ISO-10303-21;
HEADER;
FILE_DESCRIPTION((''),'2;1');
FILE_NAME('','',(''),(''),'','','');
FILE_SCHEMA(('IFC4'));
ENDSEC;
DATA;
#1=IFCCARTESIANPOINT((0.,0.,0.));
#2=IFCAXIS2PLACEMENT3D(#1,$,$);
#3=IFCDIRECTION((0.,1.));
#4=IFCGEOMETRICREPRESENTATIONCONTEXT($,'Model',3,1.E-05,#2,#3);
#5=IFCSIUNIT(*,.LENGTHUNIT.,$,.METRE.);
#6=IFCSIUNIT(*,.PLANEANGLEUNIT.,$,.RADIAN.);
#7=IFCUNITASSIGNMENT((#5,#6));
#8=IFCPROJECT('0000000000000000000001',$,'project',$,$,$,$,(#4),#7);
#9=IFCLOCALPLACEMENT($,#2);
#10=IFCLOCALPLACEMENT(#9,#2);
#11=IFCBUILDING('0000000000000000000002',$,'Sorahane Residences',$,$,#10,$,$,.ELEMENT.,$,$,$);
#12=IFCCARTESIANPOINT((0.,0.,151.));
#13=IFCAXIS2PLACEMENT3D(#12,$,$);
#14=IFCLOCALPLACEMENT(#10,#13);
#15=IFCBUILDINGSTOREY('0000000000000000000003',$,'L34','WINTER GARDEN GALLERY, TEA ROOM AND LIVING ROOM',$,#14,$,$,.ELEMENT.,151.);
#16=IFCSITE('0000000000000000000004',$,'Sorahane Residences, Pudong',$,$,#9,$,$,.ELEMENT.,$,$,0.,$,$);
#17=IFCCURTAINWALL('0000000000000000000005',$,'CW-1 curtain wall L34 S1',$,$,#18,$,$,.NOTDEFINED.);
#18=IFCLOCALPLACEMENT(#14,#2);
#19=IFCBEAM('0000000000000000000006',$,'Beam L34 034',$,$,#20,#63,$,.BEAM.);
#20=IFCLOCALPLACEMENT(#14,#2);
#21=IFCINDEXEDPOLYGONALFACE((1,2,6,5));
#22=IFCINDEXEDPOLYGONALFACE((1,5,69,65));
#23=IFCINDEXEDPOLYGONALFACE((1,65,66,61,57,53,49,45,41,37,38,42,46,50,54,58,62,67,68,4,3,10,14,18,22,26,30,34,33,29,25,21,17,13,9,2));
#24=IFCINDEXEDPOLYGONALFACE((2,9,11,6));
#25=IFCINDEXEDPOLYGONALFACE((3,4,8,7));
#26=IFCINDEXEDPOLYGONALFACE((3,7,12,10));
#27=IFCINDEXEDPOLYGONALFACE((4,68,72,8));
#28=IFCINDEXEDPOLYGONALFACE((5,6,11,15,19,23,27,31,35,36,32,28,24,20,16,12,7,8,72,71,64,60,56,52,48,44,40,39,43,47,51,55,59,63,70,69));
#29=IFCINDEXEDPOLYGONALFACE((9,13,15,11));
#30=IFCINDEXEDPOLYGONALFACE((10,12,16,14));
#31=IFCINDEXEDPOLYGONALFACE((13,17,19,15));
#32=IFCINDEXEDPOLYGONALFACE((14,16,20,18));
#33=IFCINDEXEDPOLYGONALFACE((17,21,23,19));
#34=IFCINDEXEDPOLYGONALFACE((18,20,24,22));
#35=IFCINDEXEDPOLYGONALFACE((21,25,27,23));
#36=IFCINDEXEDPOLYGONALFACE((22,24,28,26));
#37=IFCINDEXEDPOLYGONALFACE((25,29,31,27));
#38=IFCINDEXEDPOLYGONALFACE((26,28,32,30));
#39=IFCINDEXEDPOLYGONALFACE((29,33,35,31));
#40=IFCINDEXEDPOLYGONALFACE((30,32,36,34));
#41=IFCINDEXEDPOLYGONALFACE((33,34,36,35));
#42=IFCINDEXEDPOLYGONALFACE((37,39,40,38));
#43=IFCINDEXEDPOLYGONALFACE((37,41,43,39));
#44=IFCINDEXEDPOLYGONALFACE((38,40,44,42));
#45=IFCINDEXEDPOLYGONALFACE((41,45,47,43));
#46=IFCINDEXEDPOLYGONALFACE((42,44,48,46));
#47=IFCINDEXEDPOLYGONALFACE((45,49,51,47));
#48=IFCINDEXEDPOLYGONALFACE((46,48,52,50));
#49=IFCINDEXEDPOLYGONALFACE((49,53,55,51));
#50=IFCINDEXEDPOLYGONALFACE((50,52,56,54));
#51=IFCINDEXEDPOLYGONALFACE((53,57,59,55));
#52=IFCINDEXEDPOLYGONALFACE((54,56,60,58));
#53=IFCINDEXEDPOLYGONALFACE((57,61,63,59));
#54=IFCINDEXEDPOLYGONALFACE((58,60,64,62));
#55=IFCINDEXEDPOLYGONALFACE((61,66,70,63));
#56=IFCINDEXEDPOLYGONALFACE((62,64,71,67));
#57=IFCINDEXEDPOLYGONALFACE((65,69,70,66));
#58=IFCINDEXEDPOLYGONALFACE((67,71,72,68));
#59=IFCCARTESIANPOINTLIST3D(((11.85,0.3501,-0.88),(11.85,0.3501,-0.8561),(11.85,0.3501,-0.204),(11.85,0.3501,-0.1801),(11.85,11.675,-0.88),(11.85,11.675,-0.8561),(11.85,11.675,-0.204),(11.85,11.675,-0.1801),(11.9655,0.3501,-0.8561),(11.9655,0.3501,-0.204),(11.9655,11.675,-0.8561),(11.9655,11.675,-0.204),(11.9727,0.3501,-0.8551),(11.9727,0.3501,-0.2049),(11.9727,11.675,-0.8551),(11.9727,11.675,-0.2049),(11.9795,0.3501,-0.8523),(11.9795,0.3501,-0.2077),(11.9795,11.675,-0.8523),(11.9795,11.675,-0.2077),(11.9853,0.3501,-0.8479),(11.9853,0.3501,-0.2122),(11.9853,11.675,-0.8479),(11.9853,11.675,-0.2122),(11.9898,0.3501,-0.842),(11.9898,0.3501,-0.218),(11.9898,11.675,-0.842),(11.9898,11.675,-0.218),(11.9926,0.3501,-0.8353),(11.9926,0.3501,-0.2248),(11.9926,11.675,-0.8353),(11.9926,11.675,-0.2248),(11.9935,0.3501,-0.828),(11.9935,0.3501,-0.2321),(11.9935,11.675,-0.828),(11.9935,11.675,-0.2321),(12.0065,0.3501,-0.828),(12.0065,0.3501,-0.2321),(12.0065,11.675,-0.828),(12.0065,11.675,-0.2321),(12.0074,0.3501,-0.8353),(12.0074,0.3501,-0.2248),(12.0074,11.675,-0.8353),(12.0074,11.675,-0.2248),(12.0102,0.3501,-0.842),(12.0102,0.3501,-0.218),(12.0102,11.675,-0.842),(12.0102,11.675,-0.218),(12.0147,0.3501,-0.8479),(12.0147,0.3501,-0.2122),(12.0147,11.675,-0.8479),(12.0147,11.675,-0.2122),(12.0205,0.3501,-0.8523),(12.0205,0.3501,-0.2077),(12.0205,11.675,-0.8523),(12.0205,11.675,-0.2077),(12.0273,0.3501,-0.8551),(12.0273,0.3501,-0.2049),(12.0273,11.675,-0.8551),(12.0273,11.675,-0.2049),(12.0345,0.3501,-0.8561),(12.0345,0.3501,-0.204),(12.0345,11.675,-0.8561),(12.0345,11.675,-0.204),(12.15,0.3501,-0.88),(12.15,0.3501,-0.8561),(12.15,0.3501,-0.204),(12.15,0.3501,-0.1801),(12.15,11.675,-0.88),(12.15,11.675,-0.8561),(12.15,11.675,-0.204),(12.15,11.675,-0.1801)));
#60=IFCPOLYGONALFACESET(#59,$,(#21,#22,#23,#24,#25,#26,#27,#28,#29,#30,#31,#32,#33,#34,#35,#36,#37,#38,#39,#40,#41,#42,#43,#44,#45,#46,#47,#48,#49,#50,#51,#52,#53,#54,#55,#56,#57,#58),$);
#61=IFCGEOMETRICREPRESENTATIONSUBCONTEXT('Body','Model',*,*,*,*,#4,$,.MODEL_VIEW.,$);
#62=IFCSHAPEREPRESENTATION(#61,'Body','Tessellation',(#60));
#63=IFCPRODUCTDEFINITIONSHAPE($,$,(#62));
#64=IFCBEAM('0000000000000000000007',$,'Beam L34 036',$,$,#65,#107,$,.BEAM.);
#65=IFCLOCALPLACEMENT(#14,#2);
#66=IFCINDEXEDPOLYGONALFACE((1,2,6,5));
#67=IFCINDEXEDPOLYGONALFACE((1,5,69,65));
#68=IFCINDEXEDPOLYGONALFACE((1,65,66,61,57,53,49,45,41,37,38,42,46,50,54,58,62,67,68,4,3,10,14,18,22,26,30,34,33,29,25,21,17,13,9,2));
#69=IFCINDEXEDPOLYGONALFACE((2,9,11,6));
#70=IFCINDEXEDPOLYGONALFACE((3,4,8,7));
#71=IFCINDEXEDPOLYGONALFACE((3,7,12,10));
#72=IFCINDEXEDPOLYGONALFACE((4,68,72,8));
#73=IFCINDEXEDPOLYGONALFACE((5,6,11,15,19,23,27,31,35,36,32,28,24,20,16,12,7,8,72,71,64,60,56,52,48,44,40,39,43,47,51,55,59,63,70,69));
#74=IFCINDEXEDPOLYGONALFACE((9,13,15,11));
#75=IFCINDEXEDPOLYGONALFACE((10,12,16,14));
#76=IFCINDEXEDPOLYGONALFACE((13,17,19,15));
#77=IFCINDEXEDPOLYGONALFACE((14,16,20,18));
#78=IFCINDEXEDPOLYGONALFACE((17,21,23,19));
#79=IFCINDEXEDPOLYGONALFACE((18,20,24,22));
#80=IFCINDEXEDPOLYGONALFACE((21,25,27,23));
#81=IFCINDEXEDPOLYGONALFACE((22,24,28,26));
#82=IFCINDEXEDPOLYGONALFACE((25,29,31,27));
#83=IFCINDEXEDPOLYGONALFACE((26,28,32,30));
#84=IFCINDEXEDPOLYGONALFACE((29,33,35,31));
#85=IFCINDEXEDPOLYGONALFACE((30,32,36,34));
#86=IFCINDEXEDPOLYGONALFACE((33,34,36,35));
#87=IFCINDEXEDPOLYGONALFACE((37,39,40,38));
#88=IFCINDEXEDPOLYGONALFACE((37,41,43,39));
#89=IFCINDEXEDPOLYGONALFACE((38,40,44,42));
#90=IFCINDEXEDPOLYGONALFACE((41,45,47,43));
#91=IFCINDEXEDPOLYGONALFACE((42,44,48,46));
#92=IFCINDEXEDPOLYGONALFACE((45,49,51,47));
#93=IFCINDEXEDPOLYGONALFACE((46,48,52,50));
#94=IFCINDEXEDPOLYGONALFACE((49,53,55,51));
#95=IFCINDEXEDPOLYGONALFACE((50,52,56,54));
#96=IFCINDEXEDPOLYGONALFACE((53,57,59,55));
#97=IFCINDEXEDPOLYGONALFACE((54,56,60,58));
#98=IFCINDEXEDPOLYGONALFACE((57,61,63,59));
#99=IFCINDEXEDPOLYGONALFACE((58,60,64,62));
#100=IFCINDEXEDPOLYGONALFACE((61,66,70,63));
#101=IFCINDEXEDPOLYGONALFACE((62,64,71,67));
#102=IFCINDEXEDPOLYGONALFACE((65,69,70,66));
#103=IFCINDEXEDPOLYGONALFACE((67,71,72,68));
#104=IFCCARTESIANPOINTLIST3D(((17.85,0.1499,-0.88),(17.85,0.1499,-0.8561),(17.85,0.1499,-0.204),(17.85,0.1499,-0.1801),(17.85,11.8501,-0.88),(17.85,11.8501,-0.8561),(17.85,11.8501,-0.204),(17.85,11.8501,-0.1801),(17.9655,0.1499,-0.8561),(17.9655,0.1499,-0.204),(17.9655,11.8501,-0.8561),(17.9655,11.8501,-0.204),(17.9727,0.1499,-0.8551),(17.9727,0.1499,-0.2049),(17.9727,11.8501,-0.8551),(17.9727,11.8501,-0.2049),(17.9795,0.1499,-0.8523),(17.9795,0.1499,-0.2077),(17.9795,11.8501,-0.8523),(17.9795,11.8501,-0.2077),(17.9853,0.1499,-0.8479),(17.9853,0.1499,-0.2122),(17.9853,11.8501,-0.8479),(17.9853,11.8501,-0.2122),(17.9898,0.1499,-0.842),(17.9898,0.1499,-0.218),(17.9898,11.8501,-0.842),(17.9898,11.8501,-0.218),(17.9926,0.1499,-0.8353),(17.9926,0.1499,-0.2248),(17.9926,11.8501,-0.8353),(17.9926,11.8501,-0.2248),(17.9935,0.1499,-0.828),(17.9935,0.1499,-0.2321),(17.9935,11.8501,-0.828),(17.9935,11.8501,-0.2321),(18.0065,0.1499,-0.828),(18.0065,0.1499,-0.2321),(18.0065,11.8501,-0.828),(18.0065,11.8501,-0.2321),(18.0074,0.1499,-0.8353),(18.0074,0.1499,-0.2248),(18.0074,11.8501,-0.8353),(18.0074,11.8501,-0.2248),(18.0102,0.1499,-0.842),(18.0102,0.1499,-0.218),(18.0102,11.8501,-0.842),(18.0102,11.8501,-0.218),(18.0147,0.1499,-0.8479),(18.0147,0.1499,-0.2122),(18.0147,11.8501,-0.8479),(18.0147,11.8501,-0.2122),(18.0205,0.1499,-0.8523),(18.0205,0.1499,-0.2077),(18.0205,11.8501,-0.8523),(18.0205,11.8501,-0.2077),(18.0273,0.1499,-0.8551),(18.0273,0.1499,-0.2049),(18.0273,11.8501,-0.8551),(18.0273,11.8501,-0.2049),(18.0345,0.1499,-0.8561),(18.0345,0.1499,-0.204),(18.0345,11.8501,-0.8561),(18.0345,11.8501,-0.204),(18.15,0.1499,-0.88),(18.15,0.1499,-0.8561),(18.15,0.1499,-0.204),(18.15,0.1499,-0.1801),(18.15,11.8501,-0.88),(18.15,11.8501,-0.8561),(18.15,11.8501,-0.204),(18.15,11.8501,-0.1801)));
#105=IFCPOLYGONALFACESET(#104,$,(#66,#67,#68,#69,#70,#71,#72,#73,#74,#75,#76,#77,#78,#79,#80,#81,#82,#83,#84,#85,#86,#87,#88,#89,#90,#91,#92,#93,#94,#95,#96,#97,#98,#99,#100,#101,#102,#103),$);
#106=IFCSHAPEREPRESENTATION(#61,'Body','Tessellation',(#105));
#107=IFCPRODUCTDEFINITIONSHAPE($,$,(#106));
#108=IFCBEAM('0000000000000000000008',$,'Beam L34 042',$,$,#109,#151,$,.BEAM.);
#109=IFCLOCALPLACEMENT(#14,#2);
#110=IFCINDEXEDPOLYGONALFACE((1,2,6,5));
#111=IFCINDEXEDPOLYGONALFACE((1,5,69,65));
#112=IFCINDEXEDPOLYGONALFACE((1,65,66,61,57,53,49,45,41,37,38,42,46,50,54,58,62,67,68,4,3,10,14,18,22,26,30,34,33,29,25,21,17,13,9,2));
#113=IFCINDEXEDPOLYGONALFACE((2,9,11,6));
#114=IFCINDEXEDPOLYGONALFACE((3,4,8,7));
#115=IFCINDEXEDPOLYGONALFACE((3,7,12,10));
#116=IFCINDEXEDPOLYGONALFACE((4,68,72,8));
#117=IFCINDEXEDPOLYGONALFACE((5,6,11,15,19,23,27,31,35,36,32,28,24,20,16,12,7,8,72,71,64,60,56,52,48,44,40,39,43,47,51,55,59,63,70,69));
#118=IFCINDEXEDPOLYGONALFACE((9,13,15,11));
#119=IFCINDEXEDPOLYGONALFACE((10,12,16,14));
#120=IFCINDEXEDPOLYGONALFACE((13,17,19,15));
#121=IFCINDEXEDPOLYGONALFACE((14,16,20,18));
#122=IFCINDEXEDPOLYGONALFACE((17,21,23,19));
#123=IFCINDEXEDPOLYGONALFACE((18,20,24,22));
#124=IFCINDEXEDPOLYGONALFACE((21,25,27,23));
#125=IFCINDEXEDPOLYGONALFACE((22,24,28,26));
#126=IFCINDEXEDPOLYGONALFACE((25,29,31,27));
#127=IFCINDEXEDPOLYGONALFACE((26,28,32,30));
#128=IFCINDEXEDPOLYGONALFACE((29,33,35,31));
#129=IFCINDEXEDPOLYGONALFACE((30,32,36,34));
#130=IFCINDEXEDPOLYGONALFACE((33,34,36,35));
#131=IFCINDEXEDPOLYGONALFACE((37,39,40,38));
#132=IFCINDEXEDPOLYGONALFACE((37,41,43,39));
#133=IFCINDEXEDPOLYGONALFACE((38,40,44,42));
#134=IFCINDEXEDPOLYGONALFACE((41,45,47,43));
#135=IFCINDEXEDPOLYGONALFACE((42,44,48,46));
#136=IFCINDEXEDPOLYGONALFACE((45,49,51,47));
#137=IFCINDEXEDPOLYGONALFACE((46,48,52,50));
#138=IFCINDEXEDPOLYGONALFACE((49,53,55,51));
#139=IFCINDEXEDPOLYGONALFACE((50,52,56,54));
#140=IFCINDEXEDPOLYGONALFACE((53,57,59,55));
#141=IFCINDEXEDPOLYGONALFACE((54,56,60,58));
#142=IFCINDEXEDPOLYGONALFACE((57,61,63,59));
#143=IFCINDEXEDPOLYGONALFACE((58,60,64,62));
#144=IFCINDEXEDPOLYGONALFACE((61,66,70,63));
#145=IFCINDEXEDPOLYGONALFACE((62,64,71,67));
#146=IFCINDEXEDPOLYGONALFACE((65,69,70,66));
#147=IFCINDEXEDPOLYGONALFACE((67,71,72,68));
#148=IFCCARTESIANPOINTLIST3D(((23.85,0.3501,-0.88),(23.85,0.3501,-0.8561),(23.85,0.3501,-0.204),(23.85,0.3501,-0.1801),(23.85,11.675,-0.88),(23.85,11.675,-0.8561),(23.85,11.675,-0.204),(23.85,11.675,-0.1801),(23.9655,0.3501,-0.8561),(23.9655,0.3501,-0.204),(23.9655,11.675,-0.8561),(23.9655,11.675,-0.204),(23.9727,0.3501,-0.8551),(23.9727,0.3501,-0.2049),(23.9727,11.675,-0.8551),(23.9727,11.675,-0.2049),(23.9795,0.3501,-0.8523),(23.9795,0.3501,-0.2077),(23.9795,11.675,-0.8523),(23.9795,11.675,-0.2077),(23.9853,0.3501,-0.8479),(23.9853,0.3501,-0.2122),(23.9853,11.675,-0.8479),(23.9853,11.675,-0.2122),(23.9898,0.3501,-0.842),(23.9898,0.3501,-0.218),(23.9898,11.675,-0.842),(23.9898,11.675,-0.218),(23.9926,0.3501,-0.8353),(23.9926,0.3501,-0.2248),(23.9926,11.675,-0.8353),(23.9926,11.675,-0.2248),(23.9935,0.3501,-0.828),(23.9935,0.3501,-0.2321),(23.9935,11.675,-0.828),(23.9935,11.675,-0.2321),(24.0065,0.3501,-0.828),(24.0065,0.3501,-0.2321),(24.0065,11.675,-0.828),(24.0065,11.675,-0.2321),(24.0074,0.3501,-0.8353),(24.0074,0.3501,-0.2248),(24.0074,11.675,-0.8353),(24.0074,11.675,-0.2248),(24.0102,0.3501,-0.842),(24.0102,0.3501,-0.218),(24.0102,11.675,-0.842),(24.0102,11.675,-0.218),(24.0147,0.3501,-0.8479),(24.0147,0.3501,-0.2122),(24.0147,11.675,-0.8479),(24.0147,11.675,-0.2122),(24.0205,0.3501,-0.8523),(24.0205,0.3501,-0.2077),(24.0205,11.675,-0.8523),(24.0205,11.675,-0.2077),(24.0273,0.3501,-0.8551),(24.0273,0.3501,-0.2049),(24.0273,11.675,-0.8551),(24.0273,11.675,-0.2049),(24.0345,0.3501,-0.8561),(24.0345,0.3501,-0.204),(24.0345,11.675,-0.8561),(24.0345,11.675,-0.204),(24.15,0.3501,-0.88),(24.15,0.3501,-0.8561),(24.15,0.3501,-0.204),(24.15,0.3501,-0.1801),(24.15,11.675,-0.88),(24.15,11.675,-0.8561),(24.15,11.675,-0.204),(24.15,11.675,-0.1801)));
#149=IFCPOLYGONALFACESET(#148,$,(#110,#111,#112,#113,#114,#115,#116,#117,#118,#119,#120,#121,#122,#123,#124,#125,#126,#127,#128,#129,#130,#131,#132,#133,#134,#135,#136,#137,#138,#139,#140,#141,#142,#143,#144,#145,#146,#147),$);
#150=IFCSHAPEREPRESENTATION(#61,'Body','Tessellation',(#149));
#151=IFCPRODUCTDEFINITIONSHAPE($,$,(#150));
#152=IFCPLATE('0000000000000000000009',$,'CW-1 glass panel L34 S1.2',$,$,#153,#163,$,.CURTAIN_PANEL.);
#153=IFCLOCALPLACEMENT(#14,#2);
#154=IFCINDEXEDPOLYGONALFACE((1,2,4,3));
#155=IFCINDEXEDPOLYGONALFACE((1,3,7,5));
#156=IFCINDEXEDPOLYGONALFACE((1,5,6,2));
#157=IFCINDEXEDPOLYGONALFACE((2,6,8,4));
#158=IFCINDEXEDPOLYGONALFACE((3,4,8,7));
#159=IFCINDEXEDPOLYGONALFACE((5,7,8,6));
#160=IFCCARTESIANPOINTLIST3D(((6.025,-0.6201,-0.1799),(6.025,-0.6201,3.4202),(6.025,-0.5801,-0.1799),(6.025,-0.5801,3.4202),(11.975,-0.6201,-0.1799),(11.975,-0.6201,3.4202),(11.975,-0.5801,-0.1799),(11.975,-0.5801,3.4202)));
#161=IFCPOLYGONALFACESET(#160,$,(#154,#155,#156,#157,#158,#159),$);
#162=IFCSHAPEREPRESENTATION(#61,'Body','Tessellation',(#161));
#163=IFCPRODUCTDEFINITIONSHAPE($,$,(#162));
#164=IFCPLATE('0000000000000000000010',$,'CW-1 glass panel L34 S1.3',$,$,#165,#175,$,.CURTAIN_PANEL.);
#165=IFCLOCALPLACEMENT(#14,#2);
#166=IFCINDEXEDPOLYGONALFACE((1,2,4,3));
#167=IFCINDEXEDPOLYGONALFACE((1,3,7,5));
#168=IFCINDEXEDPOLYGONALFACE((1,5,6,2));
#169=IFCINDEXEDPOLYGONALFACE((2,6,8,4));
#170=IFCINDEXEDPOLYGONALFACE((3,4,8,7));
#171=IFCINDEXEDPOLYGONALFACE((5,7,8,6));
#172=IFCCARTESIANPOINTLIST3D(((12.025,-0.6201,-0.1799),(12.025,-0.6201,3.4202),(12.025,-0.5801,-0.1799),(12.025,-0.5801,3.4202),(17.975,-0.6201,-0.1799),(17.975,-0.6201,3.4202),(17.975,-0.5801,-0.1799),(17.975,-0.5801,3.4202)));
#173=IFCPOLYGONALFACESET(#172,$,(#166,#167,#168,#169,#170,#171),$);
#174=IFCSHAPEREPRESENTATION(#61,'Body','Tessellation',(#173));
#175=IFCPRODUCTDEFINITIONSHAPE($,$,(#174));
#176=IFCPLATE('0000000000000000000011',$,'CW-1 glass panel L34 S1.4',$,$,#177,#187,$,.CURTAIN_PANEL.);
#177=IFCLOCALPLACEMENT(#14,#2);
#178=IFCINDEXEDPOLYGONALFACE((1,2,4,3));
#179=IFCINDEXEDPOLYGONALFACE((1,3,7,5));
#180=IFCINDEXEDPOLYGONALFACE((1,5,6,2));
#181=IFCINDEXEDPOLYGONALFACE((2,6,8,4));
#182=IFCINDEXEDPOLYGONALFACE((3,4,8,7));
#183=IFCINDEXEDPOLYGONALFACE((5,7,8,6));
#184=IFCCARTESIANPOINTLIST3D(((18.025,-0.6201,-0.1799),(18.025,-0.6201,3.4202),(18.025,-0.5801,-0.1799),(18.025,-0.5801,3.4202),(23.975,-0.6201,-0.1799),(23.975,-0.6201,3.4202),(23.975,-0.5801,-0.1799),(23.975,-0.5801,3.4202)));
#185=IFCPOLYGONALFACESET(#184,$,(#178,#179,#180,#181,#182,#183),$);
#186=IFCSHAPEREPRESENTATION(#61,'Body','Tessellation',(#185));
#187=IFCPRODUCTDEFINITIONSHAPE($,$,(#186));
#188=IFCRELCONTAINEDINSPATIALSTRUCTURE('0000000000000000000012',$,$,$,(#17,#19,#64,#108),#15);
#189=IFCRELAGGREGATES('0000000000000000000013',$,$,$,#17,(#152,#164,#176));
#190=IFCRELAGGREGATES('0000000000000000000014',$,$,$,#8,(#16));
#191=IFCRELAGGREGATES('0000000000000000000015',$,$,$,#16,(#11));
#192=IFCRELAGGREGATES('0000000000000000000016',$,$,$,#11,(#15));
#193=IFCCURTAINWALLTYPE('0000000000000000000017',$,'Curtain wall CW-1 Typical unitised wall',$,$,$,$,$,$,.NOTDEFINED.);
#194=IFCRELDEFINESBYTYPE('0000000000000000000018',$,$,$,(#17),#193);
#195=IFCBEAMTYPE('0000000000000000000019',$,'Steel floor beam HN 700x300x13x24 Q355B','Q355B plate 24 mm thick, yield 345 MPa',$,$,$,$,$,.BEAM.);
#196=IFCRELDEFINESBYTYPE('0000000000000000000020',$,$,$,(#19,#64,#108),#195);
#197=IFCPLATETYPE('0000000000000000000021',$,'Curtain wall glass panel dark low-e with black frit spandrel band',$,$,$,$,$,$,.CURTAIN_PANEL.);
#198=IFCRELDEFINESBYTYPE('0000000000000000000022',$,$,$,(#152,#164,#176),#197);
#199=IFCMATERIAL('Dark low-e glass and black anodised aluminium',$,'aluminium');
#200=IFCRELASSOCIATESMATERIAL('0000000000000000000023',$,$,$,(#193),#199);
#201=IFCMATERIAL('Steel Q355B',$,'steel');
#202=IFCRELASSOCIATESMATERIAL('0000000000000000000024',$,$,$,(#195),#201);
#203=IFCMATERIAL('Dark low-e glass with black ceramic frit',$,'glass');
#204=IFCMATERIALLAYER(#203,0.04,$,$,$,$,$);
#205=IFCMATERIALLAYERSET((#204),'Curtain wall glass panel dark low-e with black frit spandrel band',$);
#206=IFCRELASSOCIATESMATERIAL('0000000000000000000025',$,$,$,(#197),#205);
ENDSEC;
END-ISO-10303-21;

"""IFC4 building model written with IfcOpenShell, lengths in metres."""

from ifc_helpers import new_model, si_unit, direction, frame, origin, origin_2d, place, context, subcontext, project, spatial, rectangle, i_section, extrude, material, layer, layer_set, material_profile, profile_set, type_object, element, aggregate, save


model = new_model("IFC4")

# Units and contexts
model_context = context("Model", 3, precision=1e-05, world=origin(), true_north=direction((0.0, 1.0)))
body_context = subcontext(model_context, "Body", "Model", "MODEL_VIEW")
ifc_project = project(units=[si_unit("LENGTHUNIT", "METRE"), si_unit("PLANEANGLEUNIT", "RADIAN")], contexts=[model_context])

# Site, building, storey
site_placement = place(None, origin())
site = spatial("IfcSite", under=ifc_project, at=site_placement, Name="Sorahane Residences, Pudong", CompositionType="ELEMENT", RefElevation=0.0)
building_placement = place(site_placement, origin())
building = spatial("IfcBuilding", under=site, at=building_placement, Name="Sorahane Residences", CompositionType="ELEMENT")
storey_placement = place(building_placement, frame((0.0, 0.0, 151.0)))
storey = spatial("IfcBuildingStorey", under=building, at=storey_placement, Name="L34", Description="WINTER GARDEN GALLERY, TEA ROOM AND LIVING ROOM", CompositionType="ELEMENT", Elevation=151.0)

# Curtain wall
ifc_material_1 = material(Name="Dark low-e glass and black anodised aluminium", Category="aluminium")
curtain_wall_type = type_object("IfcCurtainWallType", Name="Curtain wall CW-1 Typical unitised wall", PredefinedType="NOTDEFINED", material=ifc_material_1)
curtain_wall_placement = place(storey_placement, origin())
curtain_wall = element("IfcCurtainWall", 1, at=curtain_wall_placement, inside=storey, type_object=curtain_wall_type, Name="CW-1 curtain wall L34 S1", PredefinedType="NOTDEFINED")

# Beams
ifc_material_2 = material(Name="Steel Q355B", Category="steel")
ifc_material_profile_1 = material_profile(ifc_material_2, i_section(OverallWidth=0.3, OverallDepth=0.7, WebThickness=0.0129, FlangeThickness=0.0239, FilletRadius=0.0281, at=origin_2d()), Name="HN 700x300x13x24")
ifc_profile_set_1 = profile_set([ifc_material_profile_1], Name="Steel Q355B")
beam_type_1 = type_object("IfcBeamType", Name="Steel floor beam HN 700x300x13x24 Q355B", Description="Q355B plate 24 mm thick, yield 345 MPa", PredefinedType="BEAM", material=ifc_profile_set_1)
beam_1_placement = place(storey_placement, frame((12.0, 0.3501, -0.53), z_axis=(0.0, 1.0, 0.0), x_axis=(-1.0, 0.0, 0.0)))
element("IfcBeam", 2, at=beam_1_placement, inside=storey, type_object=beam_type_1, Name="Beam L34 034", PredefinedType="BEAM", context=body_context, shape_type="SweptSolid", body=[
    extrude(i_section(OverallWidth=0.3, OverallDepth=0.7, WebThickness=0.0129, FlangeThickness=0.0239, FilletRadius=0.0281, at=origin_2d()), origin(), (0.0, 0.0, 1.0), 11.325),
])
beam_2_placement = place(storey_placement, frame((18.0, 0.1499, -0.53), z_axis=(0.0, 1.0, 0.0), x_axis=(-1.0, 0.0, 0.0)))
element("IfcBeam", 3, at=beam_2_placement, inside=storey, type_object=beam_type_1, Name="Beam L34 036", PredefinedType="BEAM", context=body_context, shape_type="SweptSolid", body=[
    extrude(i_section(OverallWidth=0.3, OverallDepth=0.7, WebThickness=0.0129, FlangeThickness=0.0239, FilletRadius=0.0281, at=origin_2d()), origin(), (0.0, 0.0, 1.0), 11.7002),
])
beam_3_placement = place(storey_placement, frame((24.0, 0.3501, -0.53), z_axis=(0.0, 1.0, 0.0), x_axis=(-1.0, 0.0, 0.0)))
element("IfcBeam", 4, at=beam_3_placement, inside=storey, type_object=beam_type_1, Name="Beam L34 042", PredefinedType="BEAM", context=body_context, shape_type="SweptSolid", body=[
    extrude(i_section(OverallWidth=0.3, OverallDepth=0.7, WebThickness=0.0129, FlangeThickness=0.0239, FilletRadius=0.0281, at=origin_2d()), origin(), (0.0, 0.0, 1.0), 11.325),
])

# Plates
ifc_material_3 = material(Name="Dark low-e glass with black ceramic frit", Category="glass")
ifc_layer_1 = layer(ifc_material_3, 0.04)
ifc_layer_set_1 = layer_set([ifc_layer_1], Name="Curtain wall glass panel dark low-e with black frit spandrel band")
plate_type = type_object("IfcPlateType", Name="Curtain wall glass panel dark low-e with black frit spandrel band", PredefinedType="CURTAIN_PANEL", material=ifc_layer_set_1)
plate_1_placement = place(storey_placement, frame((9.0, -0.6001, -0.1799), z_axis=(0.0, 0.0, 1.0), x_axis=(1.0, 0.0, 0.0)))
plate_1 = element("IfcPlate", 5, at=plate_1_placement, type_object=plate_type, Name="CW-1 glass panel L34 S1.2", PredefinedType="CURTAIN_PANEL", context=body_context, shape_type="SweptSolid", body=[
    extrude(rectangle(XDim=5.95, YDim=0.04, at=origin_2d()), origin(), (0.0, 0.0, 1.0), 3.6001),
])
plate_2_placement = place(storey_placement, frame((15.0, -0.6001, -0.1799), z_axis=(0.0, 0.0, 1.0), x_axis=(1.0, 0.0, 0.0)))
plate_2 = element("IfcPlate", 6, at=plate_2_placement, type_object=plate_type, Name="CW-1 glass panel L34 S1.3", PredefinedType="CURTAIN_PANEL", context=body_context, shape_type="SweptSolid", body=[
    extrude(rectangle(XDim=5.95, YDim=0.04, at=origin_2d()), origin(), (0.0, 0.0, 1.0), 3.6001),
])
plate_3_placement = place(storey_placement, frame((21.0, -0.6001, -0.1799), z_axis=(0.0, 0.0, 1.0), x_axis=(1.0, 0.0, 0.0)))
plate_3 = element("IfcPlate", 7, at=plate_3_placement, type_object=plate_type, Name="CW-1 glass panel L34 S1.4", PredefinedType="CURTAIN_PANEL", context=body_context, shape_type="SweptSolid", body=[
    extrude(rectangle(XDim=5.95, YDim=0.04, at=origin_2d()), origin(), (0.0, 0.0, 1.0), 3.6001),
])
aggregate(curtain_wall, [plate_1, plate_2, plate_3])

save(model, "model.ifc")
